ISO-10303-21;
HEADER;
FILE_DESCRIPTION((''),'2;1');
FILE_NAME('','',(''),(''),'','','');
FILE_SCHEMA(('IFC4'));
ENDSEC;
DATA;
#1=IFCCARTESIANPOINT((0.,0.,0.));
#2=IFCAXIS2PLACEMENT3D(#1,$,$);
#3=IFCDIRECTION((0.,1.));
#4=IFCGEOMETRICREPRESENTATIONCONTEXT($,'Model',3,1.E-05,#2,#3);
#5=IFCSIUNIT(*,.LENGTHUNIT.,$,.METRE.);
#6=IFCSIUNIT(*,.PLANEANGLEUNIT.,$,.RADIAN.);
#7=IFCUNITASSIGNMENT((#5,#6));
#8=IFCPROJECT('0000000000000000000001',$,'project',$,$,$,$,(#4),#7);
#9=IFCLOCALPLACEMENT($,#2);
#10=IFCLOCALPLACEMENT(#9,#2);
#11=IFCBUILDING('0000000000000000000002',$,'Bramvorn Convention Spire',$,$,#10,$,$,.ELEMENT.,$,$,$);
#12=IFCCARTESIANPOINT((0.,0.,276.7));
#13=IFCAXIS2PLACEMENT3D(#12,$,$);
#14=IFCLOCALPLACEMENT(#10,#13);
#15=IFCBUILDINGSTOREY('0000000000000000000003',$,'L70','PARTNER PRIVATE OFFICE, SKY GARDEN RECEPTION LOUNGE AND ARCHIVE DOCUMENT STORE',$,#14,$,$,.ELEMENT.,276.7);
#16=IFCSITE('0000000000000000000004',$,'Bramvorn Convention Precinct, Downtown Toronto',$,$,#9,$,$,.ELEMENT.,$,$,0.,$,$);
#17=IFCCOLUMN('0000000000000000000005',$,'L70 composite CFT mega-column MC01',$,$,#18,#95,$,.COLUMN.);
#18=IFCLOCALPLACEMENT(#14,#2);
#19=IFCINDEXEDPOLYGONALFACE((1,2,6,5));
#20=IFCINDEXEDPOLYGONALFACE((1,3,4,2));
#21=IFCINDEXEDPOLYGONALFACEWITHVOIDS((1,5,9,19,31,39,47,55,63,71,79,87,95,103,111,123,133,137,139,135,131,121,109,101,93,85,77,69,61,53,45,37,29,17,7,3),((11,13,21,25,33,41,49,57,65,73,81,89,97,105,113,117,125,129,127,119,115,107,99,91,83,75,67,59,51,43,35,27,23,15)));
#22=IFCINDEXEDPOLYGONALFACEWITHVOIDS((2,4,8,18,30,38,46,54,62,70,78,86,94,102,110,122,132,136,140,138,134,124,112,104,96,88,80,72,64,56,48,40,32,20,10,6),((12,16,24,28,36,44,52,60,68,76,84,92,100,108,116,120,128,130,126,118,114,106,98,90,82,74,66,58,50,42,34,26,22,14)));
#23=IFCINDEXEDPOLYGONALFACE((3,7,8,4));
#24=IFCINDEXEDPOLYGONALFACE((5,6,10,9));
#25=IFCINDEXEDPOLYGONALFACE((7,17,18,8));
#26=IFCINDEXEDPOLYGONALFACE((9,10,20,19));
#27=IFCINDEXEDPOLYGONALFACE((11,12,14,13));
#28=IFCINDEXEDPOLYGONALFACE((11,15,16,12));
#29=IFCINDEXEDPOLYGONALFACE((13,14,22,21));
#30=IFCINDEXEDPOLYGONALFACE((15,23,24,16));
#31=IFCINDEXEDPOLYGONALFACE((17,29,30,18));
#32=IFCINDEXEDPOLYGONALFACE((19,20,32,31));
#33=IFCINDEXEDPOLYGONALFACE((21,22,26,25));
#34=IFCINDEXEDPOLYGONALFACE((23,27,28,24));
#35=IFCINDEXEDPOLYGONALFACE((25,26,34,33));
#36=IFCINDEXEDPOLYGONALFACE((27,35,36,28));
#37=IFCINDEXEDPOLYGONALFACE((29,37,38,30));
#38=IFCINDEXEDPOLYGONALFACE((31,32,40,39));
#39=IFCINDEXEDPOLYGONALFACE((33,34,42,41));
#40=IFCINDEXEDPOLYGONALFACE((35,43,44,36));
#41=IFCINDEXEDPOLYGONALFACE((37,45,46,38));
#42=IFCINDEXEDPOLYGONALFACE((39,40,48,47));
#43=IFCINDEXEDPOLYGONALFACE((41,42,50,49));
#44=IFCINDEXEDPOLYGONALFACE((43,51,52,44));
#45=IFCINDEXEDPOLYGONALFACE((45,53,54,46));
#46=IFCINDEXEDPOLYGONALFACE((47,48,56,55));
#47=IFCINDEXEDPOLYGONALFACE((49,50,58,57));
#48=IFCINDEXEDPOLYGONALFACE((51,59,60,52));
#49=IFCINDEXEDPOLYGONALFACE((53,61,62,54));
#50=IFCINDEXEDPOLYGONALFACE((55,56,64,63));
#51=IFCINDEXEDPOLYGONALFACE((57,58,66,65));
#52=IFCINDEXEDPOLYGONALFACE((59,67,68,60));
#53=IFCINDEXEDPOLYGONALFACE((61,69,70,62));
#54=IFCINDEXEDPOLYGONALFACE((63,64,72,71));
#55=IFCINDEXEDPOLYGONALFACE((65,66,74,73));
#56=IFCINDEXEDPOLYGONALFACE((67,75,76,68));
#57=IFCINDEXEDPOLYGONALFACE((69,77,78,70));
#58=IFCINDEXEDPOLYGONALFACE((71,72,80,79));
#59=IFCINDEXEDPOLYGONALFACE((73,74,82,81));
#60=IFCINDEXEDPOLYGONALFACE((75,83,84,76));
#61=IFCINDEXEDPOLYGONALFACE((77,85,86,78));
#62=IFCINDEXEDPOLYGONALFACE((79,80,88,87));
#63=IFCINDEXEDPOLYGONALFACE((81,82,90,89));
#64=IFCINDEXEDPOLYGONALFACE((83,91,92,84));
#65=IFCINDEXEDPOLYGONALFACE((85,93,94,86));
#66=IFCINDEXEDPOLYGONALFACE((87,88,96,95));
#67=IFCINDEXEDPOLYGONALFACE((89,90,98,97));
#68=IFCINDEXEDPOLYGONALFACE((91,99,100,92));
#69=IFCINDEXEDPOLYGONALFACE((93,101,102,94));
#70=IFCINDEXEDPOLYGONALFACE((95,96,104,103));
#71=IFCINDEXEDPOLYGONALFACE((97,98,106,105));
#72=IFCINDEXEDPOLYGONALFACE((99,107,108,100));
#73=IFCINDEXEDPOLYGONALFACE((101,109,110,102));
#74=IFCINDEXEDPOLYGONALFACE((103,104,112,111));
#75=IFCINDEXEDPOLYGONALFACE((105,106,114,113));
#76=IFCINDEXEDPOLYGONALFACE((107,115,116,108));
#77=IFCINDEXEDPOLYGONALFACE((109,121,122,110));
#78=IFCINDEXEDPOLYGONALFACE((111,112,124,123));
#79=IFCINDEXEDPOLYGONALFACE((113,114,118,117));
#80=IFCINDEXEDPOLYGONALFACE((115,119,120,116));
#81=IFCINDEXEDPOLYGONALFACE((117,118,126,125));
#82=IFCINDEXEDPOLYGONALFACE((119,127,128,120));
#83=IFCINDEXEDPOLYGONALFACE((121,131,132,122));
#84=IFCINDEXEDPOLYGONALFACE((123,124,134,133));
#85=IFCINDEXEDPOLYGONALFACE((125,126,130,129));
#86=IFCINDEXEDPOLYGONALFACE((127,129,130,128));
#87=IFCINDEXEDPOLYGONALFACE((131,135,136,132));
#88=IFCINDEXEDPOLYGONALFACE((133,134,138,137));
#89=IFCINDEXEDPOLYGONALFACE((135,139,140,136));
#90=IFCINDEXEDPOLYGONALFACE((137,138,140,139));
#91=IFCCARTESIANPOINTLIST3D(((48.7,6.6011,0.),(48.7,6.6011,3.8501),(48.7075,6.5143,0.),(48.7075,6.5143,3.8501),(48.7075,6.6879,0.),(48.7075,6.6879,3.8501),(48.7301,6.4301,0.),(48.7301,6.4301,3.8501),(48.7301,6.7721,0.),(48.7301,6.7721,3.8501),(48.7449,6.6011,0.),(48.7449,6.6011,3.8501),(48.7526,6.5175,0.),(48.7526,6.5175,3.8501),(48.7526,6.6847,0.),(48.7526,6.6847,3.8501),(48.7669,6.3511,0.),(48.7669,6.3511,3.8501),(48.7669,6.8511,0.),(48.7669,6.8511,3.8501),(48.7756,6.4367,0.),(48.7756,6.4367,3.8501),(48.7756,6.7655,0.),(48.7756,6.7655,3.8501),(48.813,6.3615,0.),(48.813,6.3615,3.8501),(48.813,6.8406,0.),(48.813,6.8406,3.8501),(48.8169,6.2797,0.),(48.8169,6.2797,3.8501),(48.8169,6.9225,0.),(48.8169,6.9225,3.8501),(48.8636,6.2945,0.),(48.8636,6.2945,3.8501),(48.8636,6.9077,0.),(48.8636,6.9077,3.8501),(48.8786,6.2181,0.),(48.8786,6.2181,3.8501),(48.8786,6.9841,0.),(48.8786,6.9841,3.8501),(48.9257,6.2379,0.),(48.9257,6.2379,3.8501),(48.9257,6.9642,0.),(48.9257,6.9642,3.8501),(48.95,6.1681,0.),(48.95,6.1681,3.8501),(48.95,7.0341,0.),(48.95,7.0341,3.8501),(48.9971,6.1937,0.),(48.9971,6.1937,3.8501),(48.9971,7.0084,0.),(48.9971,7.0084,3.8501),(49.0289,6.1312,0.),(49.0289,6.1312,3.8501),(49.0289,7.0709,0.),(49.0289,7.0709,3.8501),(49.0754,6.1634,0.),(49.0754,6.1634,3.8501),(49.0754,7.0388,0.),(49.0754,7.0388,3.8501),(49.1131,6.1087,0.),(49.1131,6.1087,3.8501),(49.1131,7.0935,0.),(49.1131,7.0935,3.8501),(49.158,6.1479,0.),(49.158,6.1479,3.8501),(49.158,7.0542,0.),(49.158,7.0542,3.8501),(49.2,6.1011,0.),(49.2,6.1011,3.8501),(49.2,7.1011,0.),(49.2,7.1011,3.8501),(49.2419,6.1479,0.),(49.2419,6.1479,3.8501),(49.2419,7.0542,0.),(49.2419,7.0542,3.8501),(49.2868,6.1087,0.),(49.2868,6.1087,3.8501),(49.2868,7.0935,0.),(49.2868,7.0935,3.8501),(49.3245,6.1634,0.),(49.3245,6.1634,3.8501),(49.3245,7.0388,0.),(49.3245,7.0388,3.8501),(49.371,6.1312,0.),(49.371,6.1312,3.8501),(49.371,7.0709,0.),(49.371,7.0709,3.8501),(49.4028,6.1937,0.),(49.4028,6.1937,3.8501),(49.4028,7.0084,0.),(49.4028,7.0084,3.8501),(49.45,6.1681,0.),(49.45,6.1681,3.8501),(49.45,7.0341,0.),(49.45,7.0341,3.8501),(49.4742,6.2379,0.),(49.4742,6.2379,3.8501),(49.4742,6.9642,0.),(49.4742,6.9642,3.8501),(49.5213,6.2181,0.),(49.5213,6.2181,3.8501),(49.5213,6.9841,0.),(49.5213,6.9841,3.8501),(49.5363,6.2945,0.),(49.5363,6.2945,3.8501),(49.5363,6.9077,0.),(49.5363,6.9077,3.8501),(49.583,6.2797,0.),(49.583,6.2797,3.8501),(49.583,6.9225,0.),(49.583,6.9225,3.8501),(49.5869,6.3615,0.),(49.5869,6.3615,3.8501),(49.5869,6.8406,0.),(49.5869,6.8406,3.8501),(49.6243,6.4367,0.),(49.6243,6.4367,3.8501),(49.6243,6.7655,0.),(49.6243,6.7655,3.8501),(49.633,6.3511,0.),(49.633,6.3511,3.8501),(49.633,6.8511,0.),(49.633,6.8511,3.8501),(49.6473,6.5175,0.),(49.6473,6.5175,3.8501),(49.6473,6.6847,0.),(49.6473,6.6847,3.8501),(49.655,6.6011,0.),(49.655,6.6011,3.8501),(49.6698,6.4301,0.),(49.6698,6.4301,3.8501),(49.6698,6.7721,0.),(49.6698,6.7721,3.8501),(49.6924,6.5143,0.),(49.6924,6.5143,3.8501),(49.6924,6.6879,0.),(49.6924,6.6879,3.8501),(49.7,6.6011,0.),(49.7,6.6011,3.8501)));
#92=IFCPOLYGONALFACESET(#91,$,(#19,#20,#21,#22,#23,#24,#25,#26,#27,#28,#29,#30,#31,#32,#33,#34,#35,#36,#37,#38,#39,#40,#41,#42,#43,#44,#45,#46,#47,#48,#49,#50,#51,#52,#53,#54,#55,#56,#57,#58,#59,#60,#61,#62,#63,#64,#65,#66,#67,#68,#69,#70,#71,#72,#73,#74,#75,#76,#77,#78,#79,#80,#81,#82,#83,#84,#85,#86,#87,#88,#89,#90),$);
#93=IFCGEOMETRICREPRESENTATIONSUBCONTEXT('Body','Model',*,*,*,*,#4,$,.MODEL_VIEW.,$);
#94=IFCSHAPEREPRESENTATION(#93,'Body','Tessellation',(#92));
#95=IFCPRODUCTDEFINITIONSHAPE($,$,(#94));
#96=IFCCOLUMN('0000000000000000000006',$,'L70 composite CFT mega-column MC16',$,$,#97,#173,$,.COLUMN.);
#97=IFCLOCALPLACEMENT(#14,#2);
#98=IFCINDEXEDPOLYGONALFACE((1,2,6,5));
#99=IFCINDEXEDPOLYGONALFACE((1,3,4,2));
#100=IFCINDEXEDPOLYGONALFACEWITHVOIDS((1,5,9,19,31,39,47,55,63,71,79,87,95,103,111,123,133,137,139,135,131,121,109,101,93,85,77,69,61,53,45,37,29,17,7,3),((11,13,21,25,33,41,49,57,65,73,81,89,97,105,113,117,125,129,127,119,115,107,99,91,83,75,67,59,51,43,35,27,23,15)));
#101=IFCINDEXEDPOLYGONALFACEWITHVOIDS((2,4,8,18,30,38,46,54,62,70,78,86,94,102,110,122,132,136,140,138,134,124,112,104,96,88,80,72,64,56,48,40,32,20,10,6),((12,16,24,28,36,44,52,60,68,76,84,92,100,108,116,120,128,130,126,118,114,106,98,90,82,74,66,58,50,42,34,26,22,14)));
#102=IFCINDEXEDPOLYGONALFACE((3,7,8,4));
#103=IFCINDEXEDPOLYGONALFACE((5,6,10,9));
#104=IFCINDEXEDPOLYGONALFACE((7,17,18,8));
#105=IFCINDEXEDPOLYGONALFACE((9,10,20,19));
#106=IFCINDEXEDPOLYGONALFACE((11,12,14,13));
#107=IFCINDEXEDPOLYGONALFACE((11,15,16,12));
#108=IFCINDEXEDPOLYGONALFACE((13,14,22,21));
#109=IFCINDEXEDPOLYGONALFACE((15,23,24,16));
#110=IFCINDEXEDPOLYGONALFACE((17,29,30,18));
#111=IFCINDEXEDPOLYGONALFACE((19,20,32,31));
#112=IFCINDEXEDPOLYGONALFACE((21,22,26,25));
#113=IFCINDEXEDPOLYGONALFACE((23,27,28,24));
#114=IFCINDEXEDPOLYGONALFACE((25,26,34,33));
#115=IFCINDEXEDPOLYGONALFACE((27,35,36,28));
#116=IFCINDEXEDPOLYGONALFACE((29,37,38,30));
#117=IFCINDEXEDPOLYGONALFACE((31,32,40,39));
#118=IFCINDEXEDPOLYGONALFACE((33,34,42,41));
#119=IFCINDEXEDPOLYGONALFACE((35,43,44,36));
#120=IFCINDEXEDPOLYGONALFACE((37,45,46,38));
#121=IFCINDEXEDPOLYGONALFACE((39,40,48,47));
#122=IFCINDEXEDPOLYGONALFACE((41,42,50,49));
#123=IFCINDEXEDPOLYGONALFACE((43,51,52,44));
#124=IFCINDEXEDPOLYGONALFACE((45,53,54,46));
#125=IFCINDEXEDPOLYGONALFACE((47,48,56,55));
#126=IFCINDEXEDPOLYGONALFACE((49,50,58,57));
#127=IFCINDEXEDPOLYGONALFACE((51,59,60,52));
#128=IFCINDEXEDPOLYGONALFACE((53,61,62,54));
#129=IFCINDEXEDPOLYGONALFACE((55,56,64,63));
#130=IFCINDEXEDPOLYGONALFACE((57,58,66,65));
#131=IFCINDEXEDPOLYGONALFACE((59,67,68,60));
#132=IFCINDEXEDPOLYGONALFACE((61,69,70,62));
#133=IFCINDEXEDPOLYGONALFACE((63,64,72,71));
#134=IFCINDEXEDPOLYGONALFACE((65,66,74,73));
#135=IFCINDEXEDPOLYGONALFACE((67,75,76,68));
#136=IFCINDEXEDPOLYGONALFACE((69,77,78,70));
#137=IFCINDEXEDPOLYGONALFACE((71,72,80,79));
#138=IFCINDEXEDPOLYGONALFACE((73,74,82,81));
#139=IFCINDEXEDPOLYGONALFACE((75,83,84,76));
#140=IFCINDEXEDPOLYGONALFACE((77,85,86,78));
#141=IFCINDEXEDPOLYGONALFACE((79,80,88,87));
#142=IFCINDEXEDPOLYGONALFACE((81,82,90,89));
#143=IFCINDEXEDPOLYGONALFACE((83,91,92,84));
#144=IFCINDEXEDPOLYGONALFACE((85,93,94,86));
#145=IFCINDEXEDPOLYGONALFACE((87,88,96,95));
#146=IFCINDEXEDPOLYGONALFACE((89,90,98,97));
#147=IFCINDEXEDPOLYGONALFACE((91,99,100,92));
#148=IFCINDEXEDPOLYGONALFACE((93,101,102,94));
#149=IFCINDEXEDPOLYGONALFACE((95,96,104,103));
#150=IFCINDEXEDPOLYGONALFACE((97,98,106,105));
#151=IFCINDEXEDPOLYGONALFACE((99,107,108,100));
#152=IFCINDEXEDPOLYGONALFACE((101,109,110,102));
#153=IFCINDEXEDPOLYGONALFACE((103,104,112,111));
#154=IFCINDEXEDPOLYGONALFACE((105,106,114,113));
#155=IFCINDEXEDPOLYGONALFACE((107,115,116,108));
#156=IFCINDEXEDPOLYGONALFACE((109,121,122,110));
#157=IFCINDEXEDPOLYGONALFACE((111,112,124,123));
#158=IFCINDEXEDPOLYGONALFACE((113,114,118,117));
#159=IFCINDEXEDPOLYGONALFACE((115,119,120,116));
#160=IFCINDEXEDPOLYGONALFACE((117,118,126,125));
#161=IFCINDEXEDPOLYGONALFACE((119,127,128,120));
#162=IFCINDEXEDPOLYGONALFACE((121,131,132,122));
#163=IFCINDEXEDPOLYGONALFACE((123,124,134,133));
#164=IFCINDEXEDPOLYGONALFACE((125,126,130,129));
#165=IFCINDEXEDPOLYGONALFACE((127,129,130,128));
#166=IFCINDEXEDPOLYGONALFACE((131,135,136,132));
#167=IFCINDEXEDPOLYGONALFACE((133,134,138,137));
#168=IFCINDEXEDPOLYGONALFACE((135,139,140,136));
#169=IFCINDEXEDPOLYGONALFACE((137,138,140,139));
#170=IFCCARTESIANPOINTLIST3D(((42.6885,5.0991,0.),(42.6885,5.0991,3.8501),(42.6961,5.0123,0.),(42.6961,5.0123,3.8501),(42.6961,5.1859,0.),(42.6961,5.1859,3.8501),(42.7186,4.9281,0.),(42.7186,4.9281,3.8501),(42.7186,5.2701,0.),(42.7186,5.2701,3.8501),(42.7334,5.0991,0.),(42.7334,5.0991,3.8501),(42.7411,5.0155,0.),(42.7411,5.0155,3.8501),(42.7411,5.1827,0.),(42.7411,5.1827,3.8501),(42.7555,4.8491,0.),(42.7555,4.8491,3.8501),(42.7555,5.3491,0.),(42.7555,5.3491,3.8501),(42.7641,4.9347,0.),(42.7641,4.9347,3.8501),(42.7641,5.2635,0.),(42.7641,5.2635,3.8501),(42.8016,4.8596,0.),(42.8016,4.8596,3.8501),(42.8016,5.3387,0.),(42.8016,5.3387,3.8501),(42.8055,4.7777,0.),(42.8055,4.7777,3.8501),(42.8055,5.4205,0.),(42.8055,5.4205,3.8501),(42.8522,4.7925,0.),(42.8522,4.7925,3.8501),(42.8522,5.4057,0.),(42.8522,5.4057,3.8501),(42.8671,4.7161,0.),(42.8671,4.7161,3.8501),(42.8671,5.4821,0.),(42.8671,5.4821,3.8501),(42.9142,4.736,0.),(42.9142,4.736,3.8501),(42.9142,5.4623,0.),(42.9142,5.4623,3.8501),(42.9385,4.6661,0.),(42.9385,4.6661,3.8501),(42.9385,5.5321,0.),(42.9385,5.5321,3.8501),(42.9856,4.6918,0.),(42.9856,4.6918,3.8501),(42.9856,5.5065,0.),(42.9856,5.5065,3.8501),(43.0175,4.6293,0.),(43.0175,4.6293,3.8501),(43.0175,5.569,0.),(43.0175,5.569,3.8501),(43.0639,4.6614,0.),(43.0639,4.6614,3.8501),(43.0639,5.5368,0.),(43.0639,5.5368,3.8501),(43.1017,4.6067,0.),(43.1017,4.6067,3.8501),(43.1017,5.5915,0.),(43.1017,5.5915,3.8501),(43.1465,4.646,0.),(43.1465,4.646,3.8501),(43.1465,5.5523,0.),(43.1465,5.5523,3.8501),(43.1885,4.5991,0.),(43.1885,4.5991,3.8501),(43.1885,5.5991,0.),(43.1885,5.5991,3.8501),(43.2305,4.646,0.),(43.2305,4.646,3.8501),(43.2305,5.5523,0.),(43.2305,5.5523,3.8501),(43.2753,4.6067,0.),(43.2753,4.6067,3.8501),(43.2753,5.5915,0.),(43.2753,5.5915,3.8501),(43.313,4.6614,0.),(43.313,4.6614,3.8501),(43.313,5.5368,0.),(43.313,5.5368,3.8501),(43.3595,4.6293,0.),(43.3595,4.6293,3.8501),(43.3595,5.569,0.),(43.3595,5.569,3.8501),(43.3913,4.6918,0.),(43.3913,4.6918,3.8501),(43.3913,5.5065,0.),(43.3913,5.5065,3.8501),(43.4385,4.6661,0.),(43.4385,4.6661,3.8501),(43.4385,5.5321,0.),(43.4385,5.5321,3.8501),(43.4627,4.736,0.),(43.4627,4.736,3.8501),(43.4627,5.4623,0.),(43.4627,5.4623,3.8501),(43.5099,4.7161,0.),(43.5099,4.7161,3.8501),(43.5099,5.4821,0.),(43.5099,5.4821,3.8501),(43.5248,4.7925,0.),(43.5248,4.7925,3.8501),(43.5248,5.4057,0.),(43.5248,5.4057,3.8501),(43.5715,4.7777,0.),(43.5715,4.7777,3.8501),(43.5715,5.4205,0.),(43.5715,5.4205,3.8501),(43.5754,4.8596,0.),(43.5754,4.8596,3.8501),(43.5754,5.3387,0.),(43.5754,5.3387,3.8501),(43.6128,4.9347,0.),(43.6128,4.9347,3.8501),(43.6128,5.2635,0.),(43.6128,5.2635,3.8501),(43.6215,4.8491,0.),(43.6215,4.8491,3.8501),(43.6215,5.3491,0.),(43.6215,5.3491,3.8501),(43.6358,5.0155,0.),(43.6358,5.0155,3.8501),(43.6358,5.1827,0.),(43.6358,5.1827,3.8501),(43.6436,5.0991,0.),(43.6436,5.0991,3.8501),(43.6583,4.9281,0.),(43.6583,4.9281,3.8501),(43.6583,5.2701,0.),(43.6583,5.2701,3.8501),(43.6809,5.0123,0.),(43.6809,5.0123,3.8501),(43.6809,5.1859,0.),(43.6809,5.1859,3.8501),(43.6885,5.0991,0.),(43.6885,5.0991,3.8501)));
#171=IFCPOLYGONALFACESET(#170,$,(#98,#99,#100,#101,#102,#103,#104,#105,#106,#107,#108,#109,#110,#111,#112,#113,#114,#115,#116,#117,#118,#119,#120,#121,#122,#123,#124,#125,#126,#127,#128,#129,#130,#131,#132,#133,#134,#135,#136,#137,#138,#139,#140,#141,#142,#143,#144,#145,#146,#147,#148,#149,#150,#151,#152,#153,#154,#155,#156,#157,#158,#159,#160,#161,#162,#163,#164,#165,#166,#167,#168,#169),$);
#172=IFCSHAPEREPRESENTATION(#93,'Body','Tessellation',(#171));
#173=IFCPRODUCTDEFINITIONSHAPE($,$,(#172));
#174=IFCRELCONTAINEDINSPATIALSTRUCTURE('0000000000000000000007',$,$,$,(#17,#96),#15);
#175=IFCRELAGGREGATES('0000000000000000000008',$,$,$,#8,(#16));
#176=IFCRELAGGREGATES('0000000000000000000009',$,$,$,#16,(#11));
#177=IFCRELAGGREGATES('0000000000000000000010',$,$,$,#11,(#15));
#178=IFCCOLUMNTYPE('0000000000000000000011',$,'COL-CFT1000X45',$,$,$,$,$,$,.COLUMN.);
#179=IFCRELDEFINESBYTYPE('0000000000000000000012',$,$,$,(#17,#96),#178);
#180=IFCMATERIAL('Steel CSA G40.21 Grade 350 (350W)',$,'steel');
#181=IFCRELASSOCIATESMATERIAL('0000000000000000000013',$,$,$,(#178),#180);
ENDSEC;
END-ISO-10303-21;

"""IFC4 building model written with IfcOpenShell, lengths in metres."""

from ifc_helpers import new_model, si_unit, direction, frame, origin, origin_2d, place, context, subcontext, project, spatial, hollow_circle, extrude, material, material_profile, profile_set, type_object, element, save


model = new_model("IFC4")

# Units and contexts
model_context = context("Model", 3, precision=1e-05, world=origin(), true_north=direction((0.0, 1.0)))
body_context = subcontext(model_context, "Body", "Model", "MODEL_VIEW")
ifc_project = project(units=[si_unit("LENGTHUNIT", "METRE"), si_unit("PLANEANGLEUNIT", "RADIAN")], contexts=[model_context])

# Site, building, storey
site_placement = place(None, origin())
site = spatial("IfcSite", under=ifc_project, at=site_placement, Name="Bramvorn Convention Precinct, Downtown Toronto", CompositionType="ELEMENT", RefElevation=0.0)
building_placement = place(site_placement, origin())
building = spatial("IfcBuilding", under=site, at=building_placement, Name="Bramvorn Convention Spire", CompositionType="ELEMENT")
storey_placement = place(building_placement, frame((0.0, 0.0, 276.7)))
storey = spatial("IfcBuildingStorey", under=building, at=storey_placement, Name="L70", Description="PARTNER PRIVATE OFFICE, SKY GARDEN RECEPTION LOUNGE AND ARCHIVE DOCUMENT STORE", CompositionType="ELEMENT", Elevation=276.7)

# Columns
ifc_material_1 = material(Name="Steel CSA G40.21 Grade 350 (350W)", Category="steel")
ifc_material_profile_1 = material_profile(ifc_material_1, hollow_circle(Radius=0.5, WallThickness=0.0449, at=origin_2d()))
ifc_profile_set_1 = profile_set([ifc_material_profile_1], Name="Steel CSA G40.21 Grade 350 (350W) - CFT1000X45")
column_type = type_object("IfcColumnType", Name="COL-CFT1000X45", PredefinedType="COLUMN", material=ifc_profile_set_1)
for number, where, z_axis, x_axis, name in (
    (1, (49.2, 6.6011, 0.0), (0.0, 0.0, 1.0), (1.0, 0.0, 0.0), "L70 composite CFT mega-column MC01"),
    (2, (43.1885, 5.0991, 0.0), (0.0, 0.0, 1.0), (1.0, 0.0, 0.0), "L70 composite CFT mega-column MC16"),
):
    element("IfcColumn", number, at=place(storey_placement, frame(where, z_axis=z_axis, x_axis=x_axis)), inside=storey, type_object=column_type, Name=name, PredefinedType="COLUMN", context=body_context, shape_type="SweptSolid", body=[
        extrude(hollow_circle(Radius=0.5, WallThickness=0.0449, at=origin_2d()), origin(), (0.0, 0.0, 1.0), 3.8501),
    ])

save(model, "model.ifc")
